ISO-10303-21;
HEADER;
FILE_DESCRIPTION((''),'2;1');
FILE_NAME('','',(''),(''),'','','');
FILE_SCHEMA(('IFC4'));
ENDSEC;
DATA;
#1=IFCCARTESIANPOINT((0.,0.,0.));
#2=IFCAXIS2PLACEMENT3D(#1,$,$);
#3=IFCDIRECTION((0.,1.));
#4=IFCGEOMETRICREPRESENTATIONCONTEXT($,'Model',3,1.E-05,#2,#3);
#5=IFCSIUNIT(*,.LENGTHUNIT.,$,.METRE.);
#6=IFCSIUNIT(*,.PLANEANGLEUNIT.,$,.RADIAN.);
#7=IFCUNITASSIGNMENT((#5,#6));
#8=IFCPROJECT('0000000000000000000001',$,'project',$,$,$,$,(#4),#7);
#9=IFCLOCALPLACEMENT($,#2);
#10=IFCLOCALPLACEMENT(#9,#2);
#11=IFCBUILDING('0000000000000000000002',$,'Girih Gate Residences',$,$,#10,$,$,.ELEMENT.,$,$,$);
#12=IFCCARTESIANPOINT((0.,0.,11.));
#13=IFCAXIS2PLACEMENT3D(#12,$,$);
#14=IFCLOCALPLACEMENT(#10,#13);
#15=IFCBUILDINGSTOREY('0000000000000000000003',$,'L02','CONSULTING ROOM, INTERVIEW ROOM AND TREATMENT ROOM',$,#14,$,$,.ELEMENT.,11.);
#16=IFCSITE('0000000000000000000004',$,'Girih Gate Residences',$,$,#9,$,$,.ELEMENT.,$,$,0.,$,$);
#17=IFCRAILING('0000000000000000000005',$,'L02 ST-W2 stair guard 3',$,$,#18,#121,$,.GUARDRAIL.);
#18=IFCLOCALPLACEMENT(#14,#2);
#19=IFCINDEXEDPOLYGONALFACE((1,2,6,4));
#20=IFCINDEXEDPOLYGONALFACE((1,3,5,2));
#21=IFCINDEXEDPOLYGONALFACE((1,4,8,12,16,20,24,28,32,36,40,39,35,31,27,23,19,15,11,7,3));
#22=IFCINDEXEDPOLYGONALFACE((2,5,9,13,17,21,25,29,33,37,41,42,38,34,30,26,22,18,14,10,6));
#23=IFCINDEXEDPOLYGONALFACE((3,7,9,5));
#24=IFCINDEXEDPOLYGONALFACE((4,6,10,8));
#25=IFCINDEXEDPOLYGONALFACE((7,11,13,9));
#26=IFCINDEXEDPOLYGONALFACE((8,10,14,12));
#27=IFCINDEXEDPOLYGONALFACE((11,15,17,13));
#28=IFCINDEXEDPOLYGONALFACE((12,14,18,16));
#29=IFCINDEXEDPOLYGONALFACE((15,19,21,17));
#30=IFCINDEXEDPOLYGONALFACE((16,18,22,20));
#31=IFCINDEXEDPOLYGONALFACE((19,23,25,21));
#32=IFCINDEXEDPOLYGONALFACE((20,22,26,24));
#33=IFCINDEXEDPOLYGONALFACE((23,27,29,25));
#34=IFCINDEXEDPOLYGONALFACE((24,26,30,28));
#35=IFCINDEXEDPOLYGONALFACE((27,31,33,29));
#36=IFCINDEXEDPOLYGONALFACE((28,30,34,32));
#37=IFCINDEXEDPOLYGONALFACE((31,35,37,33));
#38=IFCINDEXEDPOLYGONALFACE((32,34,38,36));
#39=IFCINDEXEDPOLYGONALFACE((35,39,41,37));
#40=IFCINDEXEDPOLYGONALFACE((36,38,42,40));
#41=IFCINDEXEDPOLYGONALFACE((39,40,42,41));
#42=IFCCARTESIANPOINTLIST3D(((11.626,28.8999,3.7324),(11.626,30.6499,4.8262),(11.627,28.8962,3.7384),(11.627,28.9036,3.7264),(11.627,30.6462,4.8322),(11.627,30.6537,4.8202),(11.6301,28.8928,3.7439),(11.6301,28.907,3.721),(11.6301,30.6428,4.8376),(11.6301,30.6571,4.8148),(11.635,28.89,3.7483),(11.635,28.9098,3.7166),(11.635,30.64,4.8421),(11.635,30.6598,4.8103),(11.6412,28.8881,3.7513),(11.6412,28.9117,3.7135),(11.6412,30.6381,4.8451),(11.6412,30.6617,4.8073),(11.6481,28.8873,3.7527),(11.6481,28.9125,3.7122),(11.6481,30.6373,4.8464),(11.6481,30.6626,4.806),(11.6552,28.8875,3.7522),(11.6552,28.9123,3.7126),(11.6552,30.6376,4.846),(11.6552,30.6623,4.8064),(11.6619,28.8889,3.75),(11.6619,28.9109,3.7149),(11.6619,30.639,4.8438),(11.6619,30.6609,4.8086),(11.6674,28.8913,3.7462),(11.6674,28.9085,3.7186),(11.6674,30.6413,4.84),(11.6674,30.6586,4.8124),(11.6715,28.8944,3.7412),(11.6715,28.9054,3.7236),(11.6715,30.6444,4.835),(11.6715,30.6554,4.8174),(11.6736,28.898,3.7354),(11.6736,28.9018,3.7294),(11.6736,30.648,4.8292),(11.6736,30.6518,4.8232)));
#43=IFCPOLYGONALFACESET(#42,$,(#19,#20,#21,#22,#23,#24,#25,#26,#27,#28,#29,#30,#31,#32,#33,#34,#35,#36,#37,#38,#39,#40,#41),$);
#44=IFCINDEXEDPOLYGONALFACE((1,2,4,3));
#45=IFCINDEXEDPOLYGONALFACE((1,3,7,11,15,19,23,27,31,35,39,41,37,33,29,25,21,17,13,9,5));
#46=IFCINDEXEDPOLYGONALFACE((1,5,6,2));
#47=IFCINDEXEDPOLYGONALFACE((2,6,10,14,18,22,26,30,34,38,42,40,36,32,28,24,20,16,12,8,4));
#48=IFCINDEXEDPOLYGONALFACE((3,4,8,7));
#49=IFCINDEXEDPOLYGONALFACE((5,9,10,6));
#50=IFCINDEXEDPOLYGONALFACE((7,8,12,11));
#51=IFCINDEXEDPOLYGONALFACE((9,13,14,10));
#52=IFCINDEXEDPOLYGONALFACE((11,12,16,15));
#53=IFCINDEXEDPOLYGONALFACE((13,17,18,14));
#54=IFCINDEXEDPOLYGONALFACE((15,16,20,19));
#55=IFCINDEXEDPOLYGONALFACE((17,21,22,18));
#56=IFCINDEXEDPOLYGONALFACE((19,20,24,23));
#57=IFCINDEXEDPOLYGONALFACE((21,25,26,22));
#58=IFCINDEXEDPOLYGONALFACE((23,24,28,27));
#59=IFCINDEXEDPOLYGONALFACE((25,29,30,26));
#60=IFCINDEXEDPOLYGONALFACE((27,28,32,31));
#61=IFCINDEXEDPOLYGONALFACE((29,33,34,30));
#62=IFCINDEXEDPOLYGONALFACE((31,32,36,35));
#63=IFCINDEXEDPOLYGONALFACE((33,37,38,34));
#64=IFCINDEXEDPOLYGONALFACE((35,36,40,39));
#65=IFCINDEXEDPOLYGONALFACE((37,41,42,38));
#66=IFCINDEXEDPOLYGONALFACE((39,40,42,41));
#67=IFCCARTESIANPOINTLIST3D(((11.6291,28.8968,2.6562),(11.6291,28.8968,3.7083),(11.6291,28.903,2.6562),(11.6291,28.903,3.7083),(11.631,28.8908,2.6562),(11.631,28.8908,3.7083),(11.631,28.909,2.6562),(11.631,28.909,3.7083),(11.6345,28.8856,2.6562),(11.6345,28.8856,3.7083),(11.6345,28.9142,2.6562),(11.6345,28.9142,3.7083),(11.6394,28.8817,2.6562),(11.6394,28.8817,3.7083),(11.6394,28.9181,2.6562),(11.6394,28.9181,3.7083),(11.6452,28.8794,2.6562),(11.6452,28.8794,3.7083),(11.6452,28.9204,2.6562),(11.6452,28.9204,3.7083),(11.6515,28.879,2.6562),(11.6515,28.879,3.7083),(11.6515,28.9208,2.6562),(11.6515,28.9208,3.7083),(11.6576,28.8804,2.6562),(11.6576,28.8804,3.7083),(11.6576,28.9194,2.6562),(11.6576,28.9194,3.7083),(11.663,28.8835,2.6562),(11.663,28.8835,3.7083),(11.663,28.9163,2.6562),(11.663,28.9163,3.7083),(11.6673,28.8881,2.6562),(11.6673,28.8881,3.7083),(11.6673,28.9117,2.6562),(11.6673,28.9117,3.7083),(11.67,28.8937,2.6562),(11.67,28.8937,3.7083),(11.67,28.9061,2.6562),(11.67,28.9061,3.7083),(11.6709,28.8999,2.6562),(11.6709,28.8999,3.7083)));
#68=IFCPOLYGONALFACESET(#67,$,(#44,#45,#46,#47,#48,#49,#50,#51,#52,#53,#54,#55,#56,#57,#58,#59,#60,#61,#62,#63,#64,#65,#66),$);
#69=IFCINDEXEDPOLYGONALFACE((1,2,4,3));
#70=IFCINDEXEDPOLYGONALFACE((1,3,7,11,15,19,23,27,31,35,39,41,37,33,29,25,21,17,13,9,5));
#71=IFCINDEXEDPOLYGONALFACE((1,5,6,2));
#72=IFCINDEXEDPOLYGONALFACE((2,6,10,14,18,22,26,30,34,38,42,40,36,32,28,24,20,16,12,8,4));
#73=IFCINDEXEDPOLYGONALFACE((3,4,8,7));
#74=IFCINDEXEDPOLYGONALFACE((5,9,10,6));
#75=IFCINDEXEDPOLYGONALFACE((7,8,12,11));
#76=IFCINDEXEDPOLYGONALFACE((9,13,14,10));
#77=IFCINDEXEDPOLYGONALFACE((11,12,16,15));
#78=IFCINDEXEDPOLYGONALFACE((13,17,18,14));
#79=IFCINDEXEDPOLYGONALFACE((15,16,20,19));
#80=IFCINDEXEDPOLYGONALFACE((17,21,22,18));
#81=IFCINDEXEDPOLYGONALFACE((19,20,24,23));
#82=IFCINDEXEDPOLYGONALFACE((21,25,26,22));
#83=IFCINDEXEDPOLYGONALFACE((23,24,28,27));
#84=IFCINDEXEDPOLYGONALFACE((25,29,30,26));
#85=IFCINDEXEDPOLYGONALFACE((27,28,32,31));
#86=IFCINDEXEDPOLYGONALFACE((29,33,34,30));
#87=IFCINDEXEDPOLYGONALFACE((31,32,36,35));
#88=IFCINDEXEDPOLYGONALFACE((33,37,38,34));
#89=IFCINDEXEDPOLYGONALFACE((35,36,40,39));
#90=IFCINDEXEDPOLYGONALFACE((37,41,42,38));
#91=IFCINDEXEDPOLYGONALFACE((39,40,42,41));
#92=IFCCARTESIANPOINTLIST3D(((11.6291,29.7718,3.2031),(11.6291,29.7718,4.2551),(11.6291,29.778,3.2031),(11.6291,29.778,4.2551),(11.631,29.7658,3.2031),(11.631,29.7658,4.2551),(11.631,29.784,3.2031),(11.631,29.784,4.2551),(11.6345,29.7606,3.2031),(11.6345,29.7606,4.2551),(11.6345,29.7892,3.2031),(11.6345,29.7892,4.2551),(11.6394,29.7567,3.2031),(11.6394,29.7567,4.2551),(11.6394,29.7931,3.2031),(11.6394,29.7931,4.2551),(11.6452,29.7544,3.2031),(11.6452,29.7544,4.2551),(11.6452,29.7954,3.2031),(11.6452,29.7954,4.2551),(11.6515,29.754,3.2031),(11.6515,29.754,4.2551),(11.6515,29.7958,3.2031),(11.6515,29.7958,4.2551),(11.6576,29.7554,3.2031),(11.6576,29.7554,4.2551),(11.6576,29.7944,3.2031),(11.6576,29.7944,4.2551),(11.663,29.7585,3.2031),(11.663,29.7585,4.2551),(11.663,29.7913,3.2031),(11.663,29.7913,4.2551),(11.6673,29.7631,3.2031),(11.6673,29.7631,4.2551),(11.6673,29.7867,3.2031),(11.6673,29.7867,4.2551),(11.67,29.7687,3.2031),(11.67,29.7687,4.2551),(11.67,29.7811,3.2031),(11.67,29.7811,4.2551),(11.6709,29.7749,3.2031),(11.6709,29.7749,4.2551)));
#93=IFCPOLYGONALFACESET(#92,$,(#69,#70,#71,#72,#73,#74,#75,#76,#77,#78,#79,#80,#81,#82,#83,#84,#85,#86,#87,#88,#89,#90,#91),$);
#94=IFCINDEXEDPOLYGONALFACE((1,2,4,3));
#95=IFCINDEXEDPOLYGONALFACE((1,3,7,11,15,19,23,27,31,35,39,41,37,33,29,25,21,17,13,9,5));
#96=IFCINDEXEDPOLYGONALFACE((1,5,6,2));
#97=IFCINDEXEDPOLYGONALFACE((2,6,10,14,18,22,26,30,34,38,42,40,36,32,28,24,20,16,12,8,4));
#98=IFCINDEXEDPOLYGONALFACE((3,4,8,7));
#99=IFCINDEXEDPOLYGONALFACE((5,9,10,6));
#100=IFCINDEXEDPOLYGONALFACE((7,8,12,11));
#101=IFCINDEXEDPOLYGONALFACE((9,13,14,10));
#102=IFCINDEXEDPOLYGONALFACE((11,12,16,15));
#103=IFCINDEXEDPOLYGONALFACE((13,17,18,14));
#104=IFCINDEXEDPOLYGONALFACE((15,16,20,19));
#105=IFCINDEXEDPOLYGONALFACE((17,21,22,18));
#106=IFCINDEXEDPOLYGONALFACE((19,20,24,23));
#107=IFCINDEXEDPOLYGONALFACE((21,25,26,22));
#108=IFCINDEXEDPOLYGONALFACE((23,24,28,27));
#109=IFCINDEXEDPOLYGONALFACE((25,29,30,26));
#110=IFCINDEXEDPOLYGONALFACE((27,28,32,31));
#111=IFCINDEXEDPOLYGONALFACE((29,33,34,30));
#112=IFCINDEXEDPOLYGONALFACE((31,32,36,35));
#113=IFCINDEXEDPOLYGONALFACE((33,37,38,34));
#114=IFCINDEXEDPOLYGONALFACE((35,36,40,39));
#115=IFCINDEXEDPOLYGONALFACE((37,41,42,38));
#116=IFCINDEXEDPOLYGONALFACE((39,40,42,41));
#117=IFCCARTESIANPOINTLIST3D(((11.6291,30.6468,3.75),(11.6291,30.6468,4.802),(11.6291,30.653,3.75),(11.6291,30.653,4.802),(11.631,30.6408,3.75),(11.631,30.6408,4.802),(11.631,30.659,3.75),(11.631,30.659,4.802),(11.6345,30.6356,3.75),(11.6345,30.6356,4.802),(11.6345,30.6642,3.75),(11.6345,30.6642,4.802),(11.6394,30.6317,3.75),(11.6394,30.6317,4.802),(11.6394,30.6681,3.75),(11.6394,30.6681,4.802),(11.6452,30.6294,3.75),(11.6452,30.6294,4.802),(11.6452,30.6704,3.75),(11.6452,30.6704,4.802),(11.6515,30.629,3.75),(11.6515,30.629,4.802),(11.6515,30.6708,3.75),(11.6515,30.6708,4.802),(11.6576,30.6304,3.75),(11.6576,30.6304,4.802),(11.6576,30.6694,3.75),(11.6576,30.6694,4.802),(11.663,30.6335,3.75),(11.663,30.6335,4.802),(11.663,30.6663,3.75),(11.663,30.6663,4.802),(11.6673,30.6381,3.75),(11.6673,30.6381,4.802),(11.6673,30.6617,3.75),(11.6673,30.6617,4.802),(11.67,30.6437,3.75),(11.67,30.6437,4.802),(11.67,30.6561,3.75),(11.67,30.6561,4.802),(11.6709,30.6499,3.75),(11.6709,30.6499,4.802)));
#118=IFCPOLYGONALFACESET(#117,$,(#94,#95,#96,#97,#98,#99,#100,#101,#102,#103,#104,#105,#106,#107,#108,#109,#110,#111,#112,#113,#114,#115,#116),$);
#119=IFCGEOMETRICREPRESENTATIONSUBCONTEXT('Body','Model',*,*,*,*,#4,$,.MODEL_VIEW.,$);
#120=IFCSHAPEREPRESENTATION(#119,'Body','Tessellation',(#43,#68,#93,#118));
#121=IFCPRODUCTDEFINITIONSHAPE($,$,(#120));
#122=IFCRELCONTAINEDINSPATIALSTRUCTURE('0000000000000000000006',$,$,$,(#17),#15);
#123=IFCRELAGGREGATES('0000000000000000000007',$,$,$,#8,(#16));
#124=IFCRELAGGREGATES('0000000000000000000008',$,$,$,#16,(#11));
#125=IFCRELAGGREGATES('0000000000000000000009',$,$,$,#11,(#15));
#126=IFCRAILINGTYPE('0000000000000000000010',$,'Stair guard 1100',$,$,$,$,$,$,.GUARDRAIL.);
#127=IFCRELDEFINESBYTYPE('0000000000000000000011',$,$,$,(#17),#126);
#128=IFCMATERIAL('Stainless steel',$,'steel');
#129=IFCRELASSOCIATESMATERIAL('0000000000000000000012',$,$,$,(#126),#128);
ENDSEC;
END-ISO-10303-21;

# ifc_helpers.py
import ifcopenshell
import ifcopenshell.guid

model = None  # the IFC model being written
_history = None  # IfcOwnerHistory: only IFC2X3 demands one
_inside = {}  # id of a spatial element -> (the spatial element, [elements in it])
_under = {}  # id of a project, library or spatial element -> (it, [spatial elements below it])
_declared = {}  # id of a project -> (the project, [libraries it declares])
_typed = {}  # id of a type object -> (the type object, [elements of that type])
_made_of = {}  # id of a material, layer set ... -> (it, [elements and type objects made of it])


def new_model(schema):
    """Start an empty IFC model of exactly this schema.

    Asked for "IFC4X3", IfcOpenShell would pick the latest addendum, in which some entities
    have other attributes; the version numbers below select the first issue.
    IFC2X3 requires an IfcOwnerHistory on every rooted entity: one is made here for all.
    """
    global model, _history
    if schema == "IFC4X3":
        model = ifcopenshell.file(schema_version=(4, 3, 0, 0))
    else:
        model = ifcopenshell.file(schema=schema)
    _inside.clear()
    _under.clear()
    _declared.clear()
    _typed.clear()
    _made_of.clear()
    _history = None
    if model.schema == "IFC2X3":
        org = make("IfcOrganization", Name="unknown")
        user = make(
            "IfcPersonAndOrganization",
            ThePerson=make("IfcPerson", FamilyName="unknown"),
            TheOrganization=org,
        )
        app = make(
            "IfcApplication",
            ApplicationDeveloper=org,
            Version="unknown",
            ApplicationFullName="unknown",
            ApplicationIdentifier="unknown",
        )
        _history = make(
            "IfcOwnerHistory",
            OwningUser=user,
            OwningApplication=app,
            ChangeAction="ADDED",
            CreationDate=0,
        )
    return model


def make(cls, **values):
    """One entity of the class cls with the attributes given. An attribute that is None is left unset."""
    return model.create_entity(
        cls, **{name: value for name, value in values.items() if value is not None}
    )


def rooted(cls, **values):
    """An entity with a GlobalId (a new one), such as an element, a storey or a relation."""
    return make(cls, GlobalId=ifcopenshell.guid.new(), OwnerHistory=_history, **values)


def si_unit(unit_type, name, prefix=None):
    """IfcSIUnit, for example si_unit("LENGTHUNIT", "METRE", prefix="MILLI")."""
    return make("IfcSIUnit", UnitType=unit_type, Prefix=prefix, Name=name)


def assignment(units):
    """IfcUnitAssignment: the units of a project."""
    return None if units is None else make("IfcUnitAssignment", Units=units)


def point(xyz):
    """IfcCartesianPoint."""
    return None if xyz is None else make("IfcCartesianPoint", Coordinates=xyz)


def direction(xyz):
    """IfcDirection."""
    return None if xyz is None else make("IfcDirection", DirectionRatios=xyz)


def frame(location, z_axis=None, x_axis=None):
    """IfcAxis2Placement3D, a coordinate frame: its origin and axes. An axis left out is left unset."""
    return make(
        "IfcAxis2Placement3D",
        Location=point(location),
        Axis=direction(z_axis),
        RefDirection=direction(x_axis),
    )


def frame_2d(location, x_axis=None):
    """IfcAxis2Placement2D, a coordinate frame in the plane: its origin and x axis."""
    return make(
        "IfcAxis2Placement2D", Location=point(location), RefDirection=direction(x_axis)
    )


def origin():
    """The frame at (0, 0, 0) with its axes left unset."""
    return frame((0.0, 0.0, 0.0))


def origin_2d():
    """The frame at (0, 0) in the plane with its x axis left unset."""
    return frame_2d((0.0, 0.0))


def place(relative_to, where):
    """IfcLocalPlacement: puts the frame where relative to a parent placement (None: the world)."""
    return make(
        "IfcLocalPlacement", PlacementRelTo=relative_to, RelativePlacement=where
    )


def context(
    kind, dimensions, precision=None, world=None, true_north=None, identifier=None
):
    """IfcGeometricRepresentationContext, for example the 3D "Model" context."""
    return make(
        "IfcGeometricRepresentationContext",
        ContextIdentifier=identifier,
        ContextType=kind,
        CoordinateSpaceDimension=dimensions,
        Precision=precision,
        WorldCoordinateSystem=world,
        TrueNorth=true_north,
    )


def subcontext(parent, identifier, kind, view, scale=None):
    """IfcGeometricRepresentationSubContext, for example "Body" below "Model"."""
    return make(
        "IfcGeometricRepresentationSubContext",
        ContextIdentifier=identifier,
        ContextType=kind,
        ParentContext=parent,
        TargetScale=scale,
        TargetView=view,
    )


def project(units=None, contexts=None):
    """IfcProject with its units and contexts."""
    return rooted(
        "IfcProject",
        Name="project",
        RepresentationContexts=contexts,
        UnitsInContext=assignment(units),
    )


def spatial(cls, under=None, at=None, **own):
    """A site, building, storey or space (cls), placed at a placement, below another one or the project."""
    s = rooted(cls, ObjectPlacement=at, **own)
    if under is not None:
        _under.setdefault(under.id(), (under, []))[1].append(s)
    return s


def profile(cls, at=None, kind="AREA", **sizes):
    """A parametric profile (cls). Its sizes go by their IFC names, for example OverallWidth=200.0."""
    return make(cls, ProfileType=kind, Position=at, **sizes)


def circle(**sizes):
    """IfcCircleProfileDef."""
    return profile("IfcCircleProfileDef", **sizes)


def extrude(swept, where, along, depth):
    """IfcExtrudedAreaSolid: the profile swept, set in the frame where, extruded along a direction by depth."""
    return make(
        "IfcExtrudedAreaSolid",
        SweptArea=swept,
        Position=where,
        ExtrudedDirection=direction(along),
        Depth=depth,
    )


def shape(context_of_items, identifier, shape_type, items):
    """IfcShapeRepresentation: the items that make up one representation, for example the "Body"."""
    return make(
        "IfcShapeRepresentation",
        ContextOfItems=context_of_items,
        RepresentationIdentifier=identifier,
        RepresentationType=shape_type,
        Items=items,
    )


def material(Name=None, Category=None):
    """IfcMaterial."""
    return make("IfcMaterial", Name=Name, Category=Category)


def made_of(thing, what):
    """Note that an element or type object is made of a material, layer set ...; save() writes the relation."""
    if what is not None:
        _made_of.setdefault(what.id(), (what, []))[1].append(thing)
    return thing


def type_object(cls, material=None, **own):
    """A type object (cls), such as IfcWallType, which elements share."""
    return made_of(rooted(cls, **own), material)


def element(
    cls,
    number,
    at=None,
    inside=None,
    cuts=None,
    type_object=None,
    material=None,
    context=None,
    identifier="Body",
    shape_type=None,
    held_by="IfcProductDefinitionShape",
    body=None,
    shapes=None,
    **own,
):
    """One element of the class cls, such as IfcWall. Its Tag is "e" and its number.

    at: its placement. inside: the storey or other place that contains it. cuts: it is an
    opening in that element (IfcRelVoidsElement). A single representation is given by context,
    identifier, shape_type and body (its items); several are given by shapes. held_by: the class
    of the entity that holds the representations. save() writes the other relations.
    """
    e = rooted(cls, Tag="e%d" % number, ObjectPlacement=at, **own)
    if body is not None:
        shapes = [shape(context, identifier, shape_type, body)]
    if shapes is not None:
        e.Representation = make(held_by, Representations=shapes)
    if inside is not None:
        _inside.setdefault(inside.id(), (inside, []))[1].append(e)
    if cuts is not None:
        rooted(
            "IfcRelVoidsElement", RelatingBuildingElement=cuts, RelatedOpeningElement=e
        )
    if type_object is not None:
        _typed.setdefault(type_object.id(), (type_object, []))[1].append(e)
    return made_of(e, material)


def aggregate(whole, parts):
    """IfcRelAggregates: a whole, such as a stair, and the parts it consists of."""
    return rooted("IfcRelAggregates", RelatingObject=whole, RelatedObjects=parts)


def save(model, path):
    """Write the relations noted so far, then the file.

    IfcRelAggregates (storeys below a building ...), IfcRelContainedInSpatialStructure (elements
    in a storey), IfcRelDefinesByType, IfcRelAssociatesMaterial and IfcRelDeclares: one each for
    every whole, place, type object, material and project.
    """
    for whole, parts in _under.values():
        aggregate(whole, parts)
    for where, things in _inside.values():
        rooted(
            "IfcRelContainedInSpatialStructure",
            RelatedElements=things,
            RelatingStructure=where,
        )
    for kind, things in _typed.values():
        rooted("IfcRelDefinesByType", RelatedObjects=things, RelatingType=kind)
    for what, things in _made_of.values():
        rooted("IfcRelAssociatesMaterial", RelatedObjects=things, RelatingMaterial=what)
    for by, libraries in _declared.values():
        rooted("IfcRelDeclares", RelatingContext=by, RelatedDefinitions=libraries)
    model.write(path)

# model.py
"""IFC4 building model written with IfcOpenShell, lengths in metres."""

from ifc_helpers import new_model, si_unit, direction, frame, origin, origin_2d, place, context, subcontext, project, spatial, circle, extrude, material, type_object, element, save


model = new_model("IFC4")

# Units and contexts
model_context = context("Model", 3, precision=1e-05, world=origin(), true_north=direction((0.0, 1.0)))
body_context = subcontext(model_context, "Body", "Model", "MODEL_VIEW")
ifc_project = project(units=[si_unit("LENGTHUNIT", "METRE"), si_unit("PLANEANGLEUNIT", "RADIAN")], contexts=[model_context])

# Site, building, storey
site_placement = place(None, origin())
site = spatial("IfcSite", under=ifc_project, at=site_placement, Name="Girih Gate Residences", CompositionType="ELEMENT", RefElevation=0.0)
building_placement = place(site_placement, origin())
building = spatial("IfcBuilding", under=site, at=building_placement, Name="Girih Gate Residences", CompositionType="ELEMENT")
storey_placement = place(building_placement, frame((0.0, 0.0, 11.0)))
storey = spatial("IfcBuildingStorey", under=building, at=storey_placement, Name="L02", Description="CONSULTING ROOM, INTERVIEW ROOM AND TREATMENT ROOM", CompositionType="ELEMENT", Elevation=11.0)

# Railing
ifc_material_1 = material(Name="Stainless steel", Category="steel")
railing_type_1 = type_object("IfcRailingType", Name="Stair guard 1100", PredefinedType="GUARDRAIL", material=ifc_material_1)
railing_1_placement = place(storey_placement, frame((11.6499, 28.8999, 2.6562)))
element("IfcRailing", 1, at=railing_1_placement, inside=storey, type_object=railing_type_1, Name="L02 ST-W2 stair guard 3", PredefinedType="GUARDRAIL", context=body_context, shape_type="SweptSolid", body=[
    extrude(circle(Radius=0.0239, at=origin_2d()), frame((0.0, 0.0, 1.0762), z_axis=(0.0, 0.847998, 0.529999), x_axis=(-1.0, 0.0, 0.0)), (0.0, 0.0, 1.0), 2.0637),
    extrude(circle(Radius=0.021, at=origin_2d()), origin(), (0.0, 0.0, 1.0), 1.052),
    extrude(circle(Radius=0.021, at=origin_2d()), frame((0.0, 0.875, 0.5469)), (0.0, 0.0, 1.0), 1.052),
    extrude(circle(Radius=0.021, at=origin_2d()), frame((0.0, 1.75, 1.0938)), (0.0, 0.0, 1.0), 1.052),
])

save(model, "model.ifc")
